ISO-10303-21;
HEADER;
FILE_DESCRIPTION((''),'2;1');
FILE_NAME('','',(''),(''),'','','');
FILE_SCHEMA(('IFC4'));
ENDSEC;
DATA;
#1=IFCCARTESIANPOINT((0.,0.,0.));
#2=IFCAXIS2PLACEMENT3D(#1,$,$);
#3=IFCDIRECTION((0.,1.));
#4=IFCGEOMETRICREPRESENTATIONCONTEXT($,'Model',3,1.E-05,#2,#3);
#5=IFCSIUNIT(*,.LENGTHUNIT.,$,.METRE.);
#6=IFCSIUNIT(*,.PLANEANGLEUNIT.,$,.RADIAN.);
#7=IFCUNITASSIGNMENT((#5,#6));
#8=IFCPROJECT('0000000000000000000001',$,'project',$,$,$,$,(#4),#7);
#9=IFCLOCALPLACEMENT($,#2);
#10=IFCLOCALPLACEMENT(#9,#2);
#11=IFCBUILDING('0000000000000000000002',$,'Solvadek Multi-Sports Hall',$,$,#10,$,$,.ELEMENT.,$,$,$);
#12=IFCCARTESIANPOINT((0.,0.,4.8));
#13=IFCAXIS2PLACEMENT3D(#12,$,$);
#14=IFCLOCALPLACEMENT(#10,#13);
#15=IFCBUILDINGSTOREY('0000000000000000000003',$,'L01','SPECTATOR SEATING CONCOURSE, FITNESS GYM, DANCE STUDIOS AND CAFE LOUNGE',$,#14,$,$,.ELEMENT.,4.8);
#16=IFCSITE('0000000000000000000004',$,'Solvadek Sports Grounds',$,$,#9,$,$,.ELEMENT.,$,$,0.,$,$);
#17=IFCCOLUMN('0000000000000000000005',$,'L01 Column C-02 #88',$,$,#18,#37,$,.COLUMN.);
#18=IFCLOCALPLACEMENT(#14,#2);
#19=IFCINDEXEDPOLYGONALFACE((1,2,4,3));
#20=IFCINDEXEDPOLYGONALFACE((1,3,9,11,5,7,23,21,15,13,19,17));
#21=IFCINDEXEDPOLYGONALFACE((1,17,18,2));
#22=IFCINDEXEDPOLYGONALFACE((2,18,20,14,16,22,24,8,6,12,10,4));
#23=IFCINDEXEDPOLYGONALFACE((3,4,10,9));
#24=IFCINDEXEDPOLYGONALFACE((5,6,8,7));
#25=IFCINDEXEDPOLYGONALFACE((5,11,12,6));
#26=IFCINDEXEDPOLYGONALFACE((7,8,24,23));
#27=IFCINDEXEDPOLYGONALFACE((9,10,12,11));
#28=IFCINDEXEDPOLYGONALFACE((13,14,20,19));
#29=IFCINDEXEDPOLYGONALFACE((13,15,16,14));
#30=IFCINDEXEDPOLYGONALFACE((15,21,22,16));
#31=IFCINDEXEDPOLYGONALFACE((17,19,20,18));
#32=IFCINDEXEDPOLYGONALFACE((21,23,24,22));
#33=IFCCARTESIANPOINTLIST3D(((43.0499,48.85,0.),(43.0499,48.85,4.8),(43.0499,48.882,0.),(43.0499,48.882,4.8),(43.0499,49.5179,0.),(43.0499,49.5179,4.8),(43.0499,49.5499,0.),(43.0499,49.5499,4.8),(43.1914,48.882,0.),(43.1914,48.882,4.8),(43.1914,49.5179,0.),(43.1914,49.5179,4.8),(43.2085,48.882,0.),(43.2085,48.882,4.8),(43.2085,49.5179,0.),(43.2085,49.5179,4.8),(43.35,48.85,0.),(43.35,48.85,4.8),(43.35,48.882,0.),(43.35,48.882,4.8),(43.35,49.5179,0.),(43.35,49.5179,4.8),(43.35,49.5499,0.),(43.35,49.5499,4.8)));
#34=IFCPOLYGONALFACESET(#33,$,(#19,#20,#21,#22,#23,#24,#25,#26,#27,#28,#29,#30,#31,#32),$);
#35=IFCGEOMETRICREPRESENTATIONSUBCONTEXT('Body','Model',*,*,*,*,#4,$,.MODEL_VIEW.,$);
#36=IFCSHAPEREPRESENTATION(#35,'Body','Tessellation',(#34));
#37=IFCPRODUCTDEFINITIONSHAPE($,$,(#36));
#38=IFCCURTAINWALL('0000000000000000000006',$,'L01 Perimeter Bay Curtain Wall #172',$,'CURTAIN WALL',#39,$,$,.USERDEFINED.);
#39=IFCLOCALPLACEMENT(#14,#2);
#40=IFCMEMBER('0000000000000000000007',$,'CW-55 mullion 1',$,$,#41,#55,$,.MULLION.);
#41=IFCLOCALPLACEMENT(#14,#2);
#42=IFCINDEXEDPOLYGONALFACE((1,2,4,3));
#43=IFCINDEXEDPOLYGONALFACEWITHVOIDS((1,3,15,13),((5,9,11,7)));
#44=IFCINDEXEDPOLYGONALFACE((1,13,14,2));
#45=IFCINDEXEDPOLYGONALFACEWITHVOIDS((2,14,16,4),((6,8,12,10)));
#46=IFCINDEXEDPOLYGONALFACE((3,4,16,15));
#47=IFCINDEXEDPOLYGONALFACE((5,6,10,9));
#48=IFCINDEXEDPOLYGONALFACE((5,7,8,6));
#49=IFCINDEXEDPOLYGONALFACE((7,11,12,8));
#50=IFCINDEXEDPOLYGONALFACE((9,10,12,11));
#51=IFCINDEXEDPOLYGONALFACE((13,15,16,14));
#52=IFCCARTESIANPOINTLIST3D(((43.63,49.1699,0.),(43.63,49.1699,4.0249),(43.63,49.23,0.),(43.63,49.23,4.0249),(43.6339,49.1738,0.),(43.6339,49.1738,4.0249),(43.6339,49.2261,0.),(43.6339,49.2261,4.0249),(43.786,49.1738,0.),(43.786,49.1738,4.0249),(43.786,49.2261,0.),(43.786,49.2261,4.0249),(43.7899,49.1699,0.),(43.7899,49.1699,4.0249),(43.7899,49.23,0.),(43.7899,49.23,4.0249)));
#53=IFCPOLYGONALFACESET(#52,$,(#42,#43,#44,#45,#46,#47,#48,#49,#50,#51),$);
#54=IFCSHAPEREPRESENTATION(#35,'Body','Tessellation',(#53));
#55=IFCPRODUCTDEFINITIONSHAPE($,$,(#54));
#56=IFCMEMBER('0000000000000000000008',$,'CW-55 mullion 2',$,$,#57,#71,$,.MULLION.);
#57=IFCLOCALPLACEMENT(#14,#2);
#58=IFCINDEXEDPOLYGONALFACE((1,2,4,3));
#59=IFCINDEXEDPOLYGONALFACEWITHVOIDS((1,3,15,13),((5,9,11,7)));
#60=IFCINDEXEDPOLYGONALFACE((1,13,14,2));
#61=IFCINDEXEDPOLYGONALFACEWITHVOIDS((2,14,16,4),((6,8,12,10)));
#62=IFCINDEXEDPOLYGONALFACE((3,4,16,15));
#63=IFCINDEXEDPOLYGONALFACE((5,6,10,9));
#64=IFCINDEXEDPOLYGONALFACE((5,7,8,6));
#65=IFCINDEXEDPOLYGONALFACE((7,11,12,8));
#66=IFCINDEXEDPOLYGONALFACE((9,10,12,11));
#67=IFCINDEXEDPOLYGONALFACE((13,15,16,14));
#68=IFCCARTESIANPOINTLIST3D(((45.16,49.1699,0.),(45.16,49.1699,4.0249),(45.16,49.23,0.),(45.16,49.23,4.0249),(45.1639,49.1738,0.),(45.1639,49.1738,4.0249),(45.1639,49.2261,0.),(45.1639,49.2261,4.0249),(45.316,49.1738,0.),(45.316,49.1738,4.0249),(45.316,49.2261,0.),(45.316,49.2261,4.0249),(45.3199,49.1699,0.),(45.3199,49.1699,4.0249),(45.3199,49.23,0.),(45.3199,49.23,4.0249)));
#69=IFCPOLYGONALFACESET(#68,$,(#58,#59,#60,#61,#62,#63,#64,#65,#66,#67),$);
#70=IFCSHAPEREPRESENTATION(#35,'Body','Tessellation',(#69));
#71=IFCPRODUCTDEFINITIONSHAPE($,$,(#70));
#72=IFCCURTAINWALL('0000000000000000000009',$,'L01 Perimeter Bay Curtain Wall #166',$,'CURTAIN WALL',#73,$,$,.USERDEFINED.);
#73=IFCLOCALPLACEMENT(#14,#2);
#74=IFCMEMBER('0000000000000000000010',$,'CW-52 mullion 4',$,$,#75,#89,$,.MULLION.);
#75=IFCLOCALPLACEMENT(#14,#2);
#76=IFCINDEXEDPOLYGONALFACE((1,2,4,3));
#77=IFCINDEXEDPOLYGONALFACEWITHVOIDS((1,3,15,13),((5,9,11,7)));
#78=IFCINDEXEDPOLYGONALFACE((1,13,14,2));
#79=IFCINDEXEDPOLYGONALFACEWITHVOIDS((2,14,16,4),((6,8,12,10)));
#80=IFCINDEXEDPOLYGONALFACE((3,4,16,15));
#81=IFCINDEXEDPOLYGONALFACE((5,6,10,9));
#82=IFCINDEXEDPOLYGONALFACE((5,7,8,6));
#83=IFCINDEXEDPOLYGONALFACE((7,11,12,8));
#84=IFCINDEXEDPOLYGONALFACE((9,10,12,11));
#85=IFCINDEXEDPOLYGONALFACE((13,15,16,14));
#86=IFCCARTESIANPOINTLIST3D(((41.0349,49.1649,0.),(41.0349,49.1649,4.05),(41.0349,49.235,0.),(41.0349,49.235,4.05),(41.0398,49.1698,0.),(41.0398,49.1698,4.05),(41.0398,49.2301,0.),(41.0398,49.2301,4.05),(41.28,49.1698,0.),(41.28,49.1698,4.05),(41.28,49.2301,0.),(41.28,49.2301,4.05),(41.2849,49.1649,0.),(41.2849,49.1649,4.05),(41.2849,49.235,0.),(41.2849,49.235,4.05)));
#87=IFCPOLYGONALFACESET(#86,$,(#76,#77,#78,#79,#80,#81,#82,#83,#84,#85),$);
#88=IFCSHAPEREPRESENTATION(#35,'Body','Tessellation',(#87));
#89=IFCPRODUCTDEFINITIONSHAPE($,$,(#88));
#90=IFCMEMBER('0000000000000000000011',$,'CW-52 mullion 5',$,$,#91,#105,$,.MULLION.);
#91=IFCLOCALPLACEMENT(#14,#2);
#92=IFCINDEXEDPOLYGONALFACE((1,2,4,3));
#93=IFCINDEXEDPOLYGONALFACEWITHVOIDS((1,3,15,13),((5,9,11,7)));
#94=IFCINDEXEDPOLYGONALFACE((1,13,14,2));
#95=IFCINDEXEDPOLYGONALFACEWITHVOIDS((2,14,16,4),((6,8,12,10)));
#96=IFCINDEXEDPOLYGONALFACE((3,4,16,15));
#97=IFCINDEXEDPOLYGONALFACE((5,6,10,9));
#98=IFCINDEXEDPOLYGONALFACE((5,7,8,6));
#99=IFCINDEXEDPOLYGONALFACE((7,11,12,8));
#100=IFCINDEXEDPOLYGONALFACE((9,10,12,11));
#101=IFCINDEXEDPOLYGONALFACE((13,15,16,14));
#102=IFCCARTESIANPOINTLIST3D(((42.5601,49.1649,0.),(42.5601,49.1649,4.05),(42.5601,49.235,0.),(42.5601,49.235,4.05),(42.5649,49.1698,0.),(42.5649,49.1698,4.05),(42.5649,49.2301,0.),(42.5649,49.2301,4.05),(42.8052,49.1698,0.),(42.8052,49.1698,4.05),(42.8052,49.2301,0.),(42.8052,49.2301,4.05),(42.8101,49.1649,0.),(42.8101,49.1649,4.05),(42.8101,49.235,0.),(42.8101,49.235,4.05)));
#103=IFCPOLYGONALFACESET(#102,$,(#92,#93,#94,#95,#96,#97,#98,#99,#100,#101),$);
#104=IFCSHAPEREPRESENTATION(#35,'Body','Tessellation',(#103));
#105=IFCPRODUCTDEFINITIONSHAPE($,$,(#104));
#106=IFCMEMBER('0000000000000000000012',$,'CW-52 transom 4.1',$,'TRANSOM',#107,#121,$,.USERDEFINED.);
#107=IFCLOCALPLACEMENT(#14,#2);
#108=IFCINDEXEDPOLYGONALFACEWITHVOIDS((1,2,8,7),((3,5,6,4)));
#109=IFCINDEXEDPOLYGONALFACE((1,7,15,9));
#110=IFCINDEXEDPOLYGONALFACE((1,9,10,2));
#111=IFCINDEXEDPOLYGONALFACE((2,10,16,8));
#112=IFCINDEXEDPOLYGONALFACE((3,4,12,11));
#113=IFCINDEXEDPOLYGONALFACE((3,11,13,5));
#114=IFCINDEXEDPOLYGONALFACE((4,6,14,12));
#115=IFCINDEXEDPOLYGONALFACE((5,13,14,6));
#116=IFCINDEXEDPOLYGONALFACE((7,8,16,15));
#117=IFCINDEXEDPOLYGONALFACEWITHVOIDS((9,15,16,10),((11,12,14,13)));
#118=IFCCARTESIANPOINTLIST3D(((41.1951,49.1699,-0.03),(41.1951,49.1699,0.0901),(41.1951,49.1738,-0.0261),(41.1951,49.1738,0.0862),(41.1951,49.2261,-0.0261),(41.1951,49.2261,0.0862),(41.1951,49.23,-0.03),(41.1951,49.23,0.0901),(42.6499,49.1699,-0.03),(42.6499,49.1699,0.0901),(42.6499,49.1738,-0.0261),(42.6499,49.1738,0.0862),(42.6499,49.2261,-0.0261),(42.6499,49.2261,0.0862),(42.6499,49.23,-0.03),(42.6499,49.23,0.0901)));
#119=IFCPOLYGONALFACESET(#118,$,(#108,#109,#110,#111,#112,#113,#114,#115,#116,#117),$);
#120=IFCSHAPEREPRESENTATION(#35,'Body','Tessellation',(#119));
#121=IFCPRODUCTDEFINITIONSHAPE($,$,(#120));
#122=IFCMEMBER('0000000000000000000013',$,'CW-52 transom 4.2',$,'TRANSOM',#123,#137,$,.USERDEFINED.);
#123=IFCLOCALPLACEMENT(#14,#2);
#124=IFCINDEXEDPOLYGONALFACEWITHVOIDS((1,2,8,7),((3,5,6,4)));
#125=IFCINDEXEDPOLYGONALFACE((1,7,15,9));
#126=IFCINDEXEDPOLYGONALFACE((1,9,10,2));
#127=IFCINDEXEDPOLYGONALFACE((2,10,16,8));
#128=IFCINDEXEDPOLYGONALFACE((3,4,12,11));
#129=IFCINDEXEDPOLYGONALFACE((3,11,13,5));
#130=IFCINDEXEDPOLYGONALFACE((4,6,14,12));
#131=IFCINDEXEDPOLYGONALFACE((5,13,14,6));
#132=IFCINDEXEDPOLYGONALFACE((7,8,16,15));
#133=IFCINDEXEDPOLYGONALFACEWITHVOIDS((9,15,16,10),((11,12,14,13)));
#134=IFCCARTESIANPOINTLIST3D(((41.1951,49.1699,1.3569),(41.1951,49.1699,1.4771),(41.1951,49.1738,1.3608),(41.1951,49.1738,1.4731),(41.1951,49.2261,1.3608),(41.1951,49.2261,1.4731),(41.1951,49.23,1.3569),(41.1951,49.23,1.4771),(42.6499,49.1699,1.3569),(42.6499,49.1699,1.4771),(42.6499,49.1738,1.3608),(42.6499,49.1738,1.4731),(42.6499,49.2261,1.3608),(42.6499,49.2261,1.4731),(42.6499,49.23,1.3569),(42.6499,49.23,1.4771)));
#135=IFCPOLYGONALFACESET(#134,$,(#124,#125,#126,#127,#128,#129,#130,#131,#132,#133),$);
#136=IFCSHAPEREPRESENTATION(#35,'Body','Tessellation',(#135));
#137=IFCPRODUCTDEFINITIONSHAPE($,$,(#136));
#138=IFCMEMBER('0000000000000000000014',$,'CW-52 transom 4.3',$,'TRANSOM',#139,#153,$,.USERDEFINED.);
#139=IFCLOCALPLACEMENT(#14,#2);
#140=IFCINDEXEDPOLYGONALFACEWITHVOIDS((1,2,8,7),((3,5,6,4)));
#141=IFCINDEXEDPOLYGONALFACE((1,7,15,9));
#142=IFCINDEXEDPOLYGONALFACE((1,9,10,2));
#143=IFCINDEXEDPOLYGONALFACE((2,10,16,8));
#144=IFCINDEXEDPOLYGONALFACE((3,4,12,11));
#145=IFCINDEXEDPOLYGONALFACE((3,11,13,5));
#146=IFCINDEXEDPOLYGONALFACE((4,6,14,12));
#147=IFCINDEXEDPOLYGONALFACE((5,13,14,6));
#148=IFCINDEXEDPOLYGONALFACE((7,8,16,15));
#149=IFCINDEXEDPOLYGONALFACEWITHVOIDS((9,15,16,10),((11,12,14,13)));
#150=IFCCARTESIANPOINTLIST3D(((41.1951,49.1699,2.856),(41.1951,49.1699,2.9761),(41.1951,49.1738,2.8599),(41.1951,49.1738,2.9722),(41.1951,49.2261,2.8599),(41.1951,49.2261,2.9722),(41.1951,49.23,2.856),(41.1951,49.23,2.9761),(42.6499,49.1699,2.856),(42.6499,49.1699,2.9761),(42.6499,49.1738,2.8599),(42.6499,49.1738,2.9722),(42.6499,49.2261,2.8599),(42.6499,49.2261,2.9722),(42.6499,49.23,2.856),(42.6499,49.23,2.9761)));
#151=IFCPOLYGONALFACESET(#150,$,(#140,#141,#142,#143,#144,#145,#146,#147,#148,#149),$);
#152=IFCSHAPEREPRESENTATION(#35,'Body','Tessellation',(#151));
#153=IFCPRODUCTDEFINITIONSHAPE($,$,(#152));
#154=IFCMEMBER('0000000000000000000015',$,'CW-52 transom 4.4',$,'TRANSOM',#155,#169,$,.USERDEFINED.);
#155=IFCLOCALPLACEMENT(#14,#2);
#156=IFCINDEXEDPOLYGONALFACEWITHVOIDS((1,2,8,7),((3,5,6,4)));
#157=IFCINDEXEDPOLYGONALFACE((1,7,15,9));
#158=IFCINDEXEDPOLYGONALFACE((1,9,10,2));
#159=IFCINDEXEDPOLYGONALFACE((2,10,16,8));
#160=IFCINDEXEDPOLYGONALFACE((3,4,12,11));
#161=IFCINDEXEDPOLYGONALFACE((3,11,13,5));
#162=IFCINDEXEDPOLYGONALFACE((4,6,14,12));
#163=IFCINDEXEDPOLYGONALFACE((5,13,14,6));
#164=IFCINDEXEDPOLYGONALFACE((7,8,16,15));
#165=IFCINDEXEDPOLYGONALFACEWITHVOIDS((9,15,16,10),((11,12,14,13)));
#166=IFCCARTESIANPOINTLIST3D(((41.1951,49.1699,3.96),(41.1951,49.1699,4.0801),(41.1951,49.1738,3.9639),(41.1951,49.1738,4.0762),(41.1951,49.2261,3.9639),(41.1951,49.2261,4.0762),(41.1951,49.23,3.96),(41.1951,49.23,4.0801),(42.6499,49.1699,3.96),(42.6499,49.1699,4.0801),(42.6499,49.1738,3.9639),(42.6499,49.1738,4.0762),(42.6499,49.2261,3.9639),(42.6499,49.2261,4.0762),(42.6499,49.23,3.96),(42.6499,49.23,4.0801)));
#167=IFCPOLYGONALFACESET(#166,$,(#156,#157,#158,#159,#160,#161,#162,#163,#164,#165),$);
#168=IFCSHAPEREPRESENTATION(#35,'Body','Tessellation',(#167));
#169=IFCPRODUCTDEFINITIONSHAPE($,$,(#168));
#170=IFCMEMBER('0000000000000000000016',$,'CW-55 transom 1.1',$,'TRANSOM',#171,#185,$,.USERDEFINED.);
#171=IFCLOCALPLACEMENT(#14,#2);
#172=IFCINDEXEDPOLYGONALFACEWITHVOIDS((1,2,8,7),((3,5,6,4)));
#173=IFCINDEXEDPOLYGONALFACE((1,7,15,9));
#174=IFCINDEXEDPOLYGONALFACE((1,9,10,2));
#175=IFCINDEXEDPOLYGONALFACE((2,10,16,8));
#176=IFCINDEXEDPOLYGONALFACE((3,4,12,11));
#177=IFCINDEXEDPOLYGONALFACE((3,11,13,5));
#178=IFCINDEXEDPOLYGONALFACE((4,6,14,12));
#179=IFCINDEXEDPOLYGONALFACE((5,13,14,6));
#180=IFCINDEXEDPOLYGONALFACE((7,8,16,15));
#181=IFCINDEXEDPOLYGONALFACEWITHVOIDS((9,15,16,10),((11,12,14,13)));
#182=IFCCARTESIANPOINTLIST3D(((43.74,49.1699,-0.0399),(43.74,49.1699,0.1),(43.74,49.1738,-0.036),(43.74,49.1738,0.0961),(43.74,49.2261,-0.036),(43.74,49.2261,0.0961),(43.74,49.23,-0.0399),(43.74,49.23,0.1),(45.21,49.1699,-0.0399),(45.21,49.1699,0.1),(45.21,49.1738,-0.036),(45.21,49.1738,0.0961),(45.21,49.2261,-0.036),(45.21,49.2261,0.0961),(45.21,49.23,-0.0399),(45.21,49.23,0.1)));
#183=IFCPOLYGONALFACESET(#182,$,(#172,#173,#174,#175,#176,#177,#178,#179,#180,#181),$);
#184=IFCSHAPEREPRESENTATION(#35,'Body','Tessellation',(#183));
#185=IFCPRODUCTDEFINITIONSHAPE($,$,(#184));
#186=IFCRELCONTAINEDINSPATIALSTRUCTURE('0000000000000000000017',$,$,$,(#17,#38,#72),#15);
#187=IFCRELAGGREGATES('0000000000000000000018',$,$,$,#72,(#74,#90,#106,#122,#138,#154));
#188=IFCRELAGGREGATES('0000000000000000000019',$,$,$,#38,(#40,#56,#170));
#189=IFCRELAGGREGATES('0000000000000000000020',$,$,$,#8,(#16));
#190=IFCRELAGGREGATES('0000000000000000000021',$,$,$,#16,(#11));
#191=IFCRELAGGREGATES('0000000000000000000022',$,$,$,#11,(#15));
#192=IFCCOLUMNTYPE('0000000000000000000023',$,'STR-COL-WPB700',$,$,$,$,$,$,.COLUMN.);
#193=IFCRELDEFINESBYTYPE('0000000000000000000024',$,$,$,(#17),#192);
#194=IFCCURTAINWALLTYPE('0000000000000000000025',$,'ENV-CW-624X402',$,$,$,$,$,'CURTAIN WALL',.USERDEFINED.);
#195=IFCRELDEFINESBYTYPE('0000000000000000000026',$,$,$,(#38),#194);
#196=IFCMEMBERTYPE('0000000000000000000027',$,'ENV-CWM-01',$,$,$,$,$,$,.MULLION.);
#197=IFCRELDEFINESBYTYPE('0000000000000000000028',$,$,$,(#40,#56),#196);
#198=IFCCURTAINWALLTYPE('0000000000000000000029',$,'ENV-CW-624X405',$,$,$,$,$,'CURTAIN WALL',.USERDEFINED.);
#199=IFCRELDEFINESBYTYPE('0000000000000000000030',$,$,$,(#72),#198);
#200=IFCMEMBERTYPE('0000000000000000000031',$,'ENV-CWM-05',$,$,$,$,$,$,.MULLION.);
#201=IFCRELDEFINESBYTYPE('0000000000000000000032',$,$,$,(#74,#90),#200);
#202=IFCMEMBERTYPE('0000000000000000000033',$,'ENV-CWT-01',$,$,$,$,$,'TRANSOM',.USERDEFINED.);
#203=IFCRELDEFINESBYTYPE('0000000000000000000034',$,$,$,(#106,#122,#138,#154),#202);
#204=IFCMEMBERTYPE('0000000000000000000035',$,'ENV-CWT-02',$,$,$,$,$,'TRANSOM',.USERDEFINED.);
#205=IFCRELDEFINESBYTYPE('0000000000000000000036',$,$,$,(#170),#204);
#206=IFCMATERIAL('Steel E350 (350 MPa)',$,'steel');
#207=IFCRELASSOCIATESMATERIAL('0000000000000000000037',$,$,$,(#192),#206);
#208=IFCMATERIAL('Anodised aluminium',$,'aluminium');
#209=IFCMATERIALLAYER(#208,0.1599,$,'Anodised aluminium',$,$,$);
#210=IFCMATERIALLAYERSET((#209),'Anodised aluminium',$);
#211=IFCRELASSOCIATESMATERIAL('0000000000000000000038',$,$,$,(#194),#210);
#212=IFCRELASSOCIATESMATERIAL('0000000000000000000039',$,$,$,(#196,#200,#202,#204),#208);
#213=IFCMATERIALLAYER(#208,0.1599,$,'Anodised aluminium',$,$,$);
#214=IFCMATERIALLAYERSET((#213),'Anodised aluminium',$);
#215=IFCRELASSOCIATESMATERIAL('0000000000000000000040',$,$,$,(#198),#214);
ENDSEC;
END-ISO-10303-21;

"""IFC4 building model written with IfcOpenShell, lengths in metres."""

from ifc_helpers import new_model, si_unit, direction, frame, origin, origin_2d, place, context, subcontext, project, spatial, hollow_rectangle, i_section, extrude, material, layer, layer_set, material_profile, profile_set, type_object, element, aggregate, save


model = new_model("IFC4")

# Units and contexts
model_context = context("Model", 3, precision=1e-05, world=origin(), true_north=direction((0.0, 1.0)))
body_context = subcontext(model_context, "Body", "Model", "MODEL_VIEW")
ifc_project = project(units=[si_unit("LENGTHUNIT", "METRE"), si_unit("PLANEANGLEUNIT", "RADIAN")], contexts=[model_context])

# Site, building, storey
site_placement = place(None, origin())
site = spatial("IfcSite", under=ifc_project, at=site_placement, Name="Solvadek Sports Grounds", CompositionType="ELEMENT", RefElevation=0.0)
building_placement = place(site_placement, origin())
building = spatial("IfcBuilding", under=site, at=building_placement, Name="Solvadek Multi-Sports Hall", CompositionType="ELEMENT")
storey_placement = place(building_placement, frame((0.0, 0.0, 4.8)))
storey = spatial("IfcBuildingStorey", under=building, at=storey_placement, Name="L01", Description="SPECTATOR SEATING CONCOURSE, FITNESS GYM, DANCE STUDIOS AND CAFE LOUNGE", CompositionType="ELEMENT", Elevation=4.8)

# Column
ifc_material_1 = material(Name="Steel E350 (350 MPa)", Category="steel")
ifc_material_profile_1 = material_profile(ifc_material_1, i_section(OverallWidth=0.3, OverallDepth=0.7, WebThickness=0.0171, FlangeThickness=0.032, at=origin_2d()), Name="WPB 700")
ifc_profile_set_1 = profile_set([ifc_material_profile_1], Name="Steel E350 (350 MPa)")
column_type = type_object("IfcColumnType", Name="STR-COL-WPB700", PredefinedType="COLUMN", material=ifc_profile_set_1)
column_placement = place(storey_placement, frame((43.2, 49.2, 0.0), z_axis=(0.0, 0.0, 1.0), x_axis=(1.0, 0.0, 0.0)))
element("IfcColumn", 1, at=column_placement, inside=storey, type_object=column_type, Name="L01 Column C-02 #88", PredefinedType="COLUMN", context=body_context, shape_type="SweptSolid", body=[
    extrude(i_section(OverallWidth=0.3, OverallDepth=0.7, WebThickness=0.0171, FlangeThickness=0.032, at=origin_2d()), origin(), (0.0, 0.0, 1.0), 4.8),
])

# Curtain walls, members
ifc_material_2 = material(Name="Anodised aluminium", Category="aluminium")
ifc_layer_1 = layer(ifc_material_2, 0.1599, Name="Anodised aluminium")
ifc_layer_set_1 = layer_set([ifc_layer_1], Name="Anodised aluminium")
curtain_wall_type_1 = type_object("IfcCurtainWallType", Name="ENV-CW-624X402", ElementType="CURTAIN WALL", PredefinedType="USERDEFINED", material=ifc_layer_set_1)
curtain_wall_1_placement = place(storey_placement, origin())
curtain_wall_1 = element("IfcCurtainWall", 2, at=curtain_wall_1_placement, inside=storey, type_object=curtain_wall_type_1, Name="L01 Perimeter Bay Curtain Wall #172", ObjectType="CURTAIN WALL", PredefinedType="USERDEFINED")
ifc_material_profile_2 = material_profile(ifc_material_2, hollow_rectangle(XDim=0.0601, YDim=0.1599, WallThickness=0.0039, at=origin_2d()), Name="ALU-M 160x60x4")
ifc_profile_set_2 = profile_set([ifc_material_profile_2], Name="Anodised aluminium")
member_type_1 = type_object("IfcMemberType", Name="ENV-CWM-01", PredefinedType="MULLION", material=ifc_profile_set_2)
member_1_placement = place(storey_placement, frame((43.71, 49.2, 0.0), z_axis=(0.0, 0.0, 1.0), x_axis=(0.0, 1.0, 0.0)))
member_1 = element("IfcMember", 3, at=member_1_placement, type_object=member_type_1, Name="CW-55 mullion 1", PredefinedType="MULLION", context=body_context, shape_type="SweptSolid", body=[
    extrude(hollow_rectangle(XDim=0.0601, YDim=0.1599, WallThickness=0.0039, at=origin_2d()), origin(), (0.0, 0.0, 1.0), 4.0249),
])
member_2_placement = place(storey_placement, frame((45.24, 49.2, 0.0), z_axis=(0.0, 0.0, 1.0), x_axis=(0.0, 1.0, 0.0)))
member_2 = element("IfcMember", 4, at=member_2_placement, type_object=member_type_1, Name="CW-55 mullion 2", PredefinedType="MULLION", context=body_context, shape_type="SweptSolid", body=[
    extrude(hollow_rectangle(XDim=0.0601, YDim=0.1599, WallThickness=0.0039, at=origin_2d()), origin(), (0.0, 0.0, 1.0), 4.0249),
])
ifc_layer_2 = layer(ifc_material_2, 0.1599, Name="Anodised aluminium")
ifc_layer_set_2 = layer_set([ifc_layer_2], Name="Anodised aluminium")
curtain_wall_type_2 = type_object("IfcCurtainWallType", Name="ENV-CW-624X405", ElementType="CURTAIN WALL", PredefinedType="USERDEFINED", material=ifc_layer_set_2)
curtain_wall_2_placement = place(storey_placement, origin())
curtain_wall_2 = element("IfcCurtainWall", 5, at=curtain_wall_2_placement, inside=storey, type_object=curtain_wall_type_2, Name="L01 Perimeter Bay Curtain Wall #166", ObjectType="CURTAIN WALL", PredefinedType="USERDEFINED")
ifc_material_profile_3 = material_profile(ifc_material_2, hollow_rectangle(XDim=0.0701, YDim=0.25, WallThickness=0.0049, at=origin_2d()), Name="ALU-M 250x70x5")
ifc_profile_set_3 = profile_set([ifc_material_profile_3], Name="Anodised aluminium")
member_type_2 = type_object("IfcMemberType", Name="ENV-CWM-05", PredefinedType="MULLION", material=ifc_profile_set_3)
member_3_placement = place(storey_placement, frame((41.1599, 49.2, 0.0), z_axis=(0.0, 0.0, 1.0), x_axis=(0.0, 1.0, 0.0)))
member_3 = element("IfcMember", 6, at=member_3_placement, type_object=member_type_2, Name="CW-52 mullion 4", PredefinedType="MULLION", context=body_context, shape_type="SweptSolid", body=[
    extrude(hollow_rectangle(XDim=0.0701, YDim=0.25, WallThickness=0.0049, at=origin_2d()), origin(), (0.0, 0.0, 1.0), 4.05),
])
member_4_placement = place(storey_placement, frame((42.6851, 49.2, 0.0), z_axis=(0.0, 0.0, 1.0), x_axis=(0.0, 1.0, 0.0)))
member_4 = element("IfcMember", 7, at=member_4_placement, type_object=member_type_2, Name="CW-52 mullion 5", PredefinedType="MULLION", context=body_context, shape_type="SweptSolid", body=[
    extrude(hollow_rectangle(XDim=0.0701, YDim=0.25, WallThickness=0.0049, at=origin_2d()), origin(), (0.0, 0.0, 1.0), 4.05),
])
ifc_material_profile_4 = material_profile(ifc_material_2, hollow_rectangle(XDim=0.0601, YDim=0.1201, WallThickness=0.0039, at=origin_2d()), Name="ALU-T 120x60x4")
ifc_profile_set_4 = profile_set([ifc_material_profile_4], Name="Anodised aluminium")
member_type_3 = type_object("IfcMemberType", Name="ENV-CWT-01", ElementType="TRANSOM", PredefinedType="USERDEFINED", material=ifc_profile_set_4)
member_5_placement = place(storey_placement, frame((41.1951, 49.2, 0.03), z_axis=(1.0, 0.0, 0.0), x_axis=(0.0, 1.0, 0.0)))
member_5 = element("IfcMember", 8, at=member_5_placement, type_object=member_type_3, Name="CW-52 transom 4.1", ObjectType="TRANSOM", PredefinedType="USERDEFINED", context=body_context, shape_type="SweptSolid", body=[
    extrude(hollow_rectangle(XDim=0.0601, YDim=0.1201, WallThickness=0.0039, at=origin_2d()), origin(), (0.0, 0.0, 1.0), 1.4548),
])
member_6_placement = place(storey_placement, frame((41.1951, 49.2, 1.417), z_axis=(1.0, 0.0, 0.0), x_axis=(0.0, 1.0, 0.0)))
member_6 = element("IfcMember", 9, at=member_6_placement, type_object=member_type_3, Name="CW-52 transom 4.2", ObjectType="TRANSOM", PredefinedType="USERDEFINED", context=body_context, shape_type="SweptSolid", body=[
    extrude(hollow_rectangle(XDim=0.0601, YDim=0.1201, WallThickness=0.0039, at=origin_2d()), origin(), (0.0, 0.0, 1.0), 1.4548),
])
member_7_placement = place(storey_placement, frame((41.1951, 49.2, 2.916), z_axis=(1.0, 0.0, 0.0), x_axis=(0.0, 1.0, 0.0)))
member_7 = element("IfcMember", 10, at=member_7_placement, type_object=member_type_3, Name="CW-52 transom 4.3", ObjectType="TRANSOM", PredefinedType="USERDEFINED", context=body_context, shape_type="SweptSolid", body=[
    extrude(hollow_rectangle(XDim=0.0601, YDim=0.1201, WallThickness=0.0039, at=origin_2d()), origin(), (0.0, 0.0, 1.0), 1.4548),
])
member_8_placement = place(storey_placement, frame((41.1951, 49.2, 4.02), z_axis=(1.0, 0.0, 0.0), x_axis=(0.0, 1.0, 0.0)))
member_8 = element("IfcMember", 11, at=member_8_placement, type_object=member_type_3, Name="CW-52 transom 4.4", ObjectType="TRANSOM", PredefinedType="USERDEFINED", context=body_context, shape_type="SweptSolid", body=[
    extrude(hollow_rectangle(XDim=0.0601, YDim=0.1201, WallThickness=0.0039, at=origin_2d()), origin(), (0.0, 0.0, 1.0), 1.4548),
])

# Member
ifc_material_profile_5 = material_profile(ifc_material_2, hollow_rectangle(XDim=0.0601, YDim=0.1399, WallThickness=0.0039, at=origin_2d()), Name="ALU-T 140x60x4")
ifc_profile_set_5 = profile_set([ifc_material_profile_5], Name="Anodised aluminium")
member_type_4 = type_object("IfcMemberType", Name="ENV-CWT-02", ElementType="TRANSOM", PredefinedType="USERDEFINED", material=ifc_profile_set_5)
member_9_placement = place(storey_placement, frame((43.74, 49.2, 0.03), z_axis=(1.0, 0.0, 0.0), x_axis=(0.0, 1.0, 0.0)))
member_9 = element("IfcMember", 12, at=member_9_placement, type_object=member_type_4, Name="CW-55 transom 1.1", ObjectType="TRANSOM", PredefinedType="USERDEFINED", context=body_context, shape_type="SweptSolid", body=[
    extrude(hollow_rectangle(XDim=0.0601, YDim=0.1399, WallThickness=0.0039, at=origin_2d()), origin(), (0.0, 0.0, 1.0), 1.47),
])

aggregate(curtain_wall_2, [member_3, member_4, member_5, member_6, member_7, member_8])
aggregate(curtain_wall_1, [member_1, member_2, member_9])

save(model, "model.ifc")
